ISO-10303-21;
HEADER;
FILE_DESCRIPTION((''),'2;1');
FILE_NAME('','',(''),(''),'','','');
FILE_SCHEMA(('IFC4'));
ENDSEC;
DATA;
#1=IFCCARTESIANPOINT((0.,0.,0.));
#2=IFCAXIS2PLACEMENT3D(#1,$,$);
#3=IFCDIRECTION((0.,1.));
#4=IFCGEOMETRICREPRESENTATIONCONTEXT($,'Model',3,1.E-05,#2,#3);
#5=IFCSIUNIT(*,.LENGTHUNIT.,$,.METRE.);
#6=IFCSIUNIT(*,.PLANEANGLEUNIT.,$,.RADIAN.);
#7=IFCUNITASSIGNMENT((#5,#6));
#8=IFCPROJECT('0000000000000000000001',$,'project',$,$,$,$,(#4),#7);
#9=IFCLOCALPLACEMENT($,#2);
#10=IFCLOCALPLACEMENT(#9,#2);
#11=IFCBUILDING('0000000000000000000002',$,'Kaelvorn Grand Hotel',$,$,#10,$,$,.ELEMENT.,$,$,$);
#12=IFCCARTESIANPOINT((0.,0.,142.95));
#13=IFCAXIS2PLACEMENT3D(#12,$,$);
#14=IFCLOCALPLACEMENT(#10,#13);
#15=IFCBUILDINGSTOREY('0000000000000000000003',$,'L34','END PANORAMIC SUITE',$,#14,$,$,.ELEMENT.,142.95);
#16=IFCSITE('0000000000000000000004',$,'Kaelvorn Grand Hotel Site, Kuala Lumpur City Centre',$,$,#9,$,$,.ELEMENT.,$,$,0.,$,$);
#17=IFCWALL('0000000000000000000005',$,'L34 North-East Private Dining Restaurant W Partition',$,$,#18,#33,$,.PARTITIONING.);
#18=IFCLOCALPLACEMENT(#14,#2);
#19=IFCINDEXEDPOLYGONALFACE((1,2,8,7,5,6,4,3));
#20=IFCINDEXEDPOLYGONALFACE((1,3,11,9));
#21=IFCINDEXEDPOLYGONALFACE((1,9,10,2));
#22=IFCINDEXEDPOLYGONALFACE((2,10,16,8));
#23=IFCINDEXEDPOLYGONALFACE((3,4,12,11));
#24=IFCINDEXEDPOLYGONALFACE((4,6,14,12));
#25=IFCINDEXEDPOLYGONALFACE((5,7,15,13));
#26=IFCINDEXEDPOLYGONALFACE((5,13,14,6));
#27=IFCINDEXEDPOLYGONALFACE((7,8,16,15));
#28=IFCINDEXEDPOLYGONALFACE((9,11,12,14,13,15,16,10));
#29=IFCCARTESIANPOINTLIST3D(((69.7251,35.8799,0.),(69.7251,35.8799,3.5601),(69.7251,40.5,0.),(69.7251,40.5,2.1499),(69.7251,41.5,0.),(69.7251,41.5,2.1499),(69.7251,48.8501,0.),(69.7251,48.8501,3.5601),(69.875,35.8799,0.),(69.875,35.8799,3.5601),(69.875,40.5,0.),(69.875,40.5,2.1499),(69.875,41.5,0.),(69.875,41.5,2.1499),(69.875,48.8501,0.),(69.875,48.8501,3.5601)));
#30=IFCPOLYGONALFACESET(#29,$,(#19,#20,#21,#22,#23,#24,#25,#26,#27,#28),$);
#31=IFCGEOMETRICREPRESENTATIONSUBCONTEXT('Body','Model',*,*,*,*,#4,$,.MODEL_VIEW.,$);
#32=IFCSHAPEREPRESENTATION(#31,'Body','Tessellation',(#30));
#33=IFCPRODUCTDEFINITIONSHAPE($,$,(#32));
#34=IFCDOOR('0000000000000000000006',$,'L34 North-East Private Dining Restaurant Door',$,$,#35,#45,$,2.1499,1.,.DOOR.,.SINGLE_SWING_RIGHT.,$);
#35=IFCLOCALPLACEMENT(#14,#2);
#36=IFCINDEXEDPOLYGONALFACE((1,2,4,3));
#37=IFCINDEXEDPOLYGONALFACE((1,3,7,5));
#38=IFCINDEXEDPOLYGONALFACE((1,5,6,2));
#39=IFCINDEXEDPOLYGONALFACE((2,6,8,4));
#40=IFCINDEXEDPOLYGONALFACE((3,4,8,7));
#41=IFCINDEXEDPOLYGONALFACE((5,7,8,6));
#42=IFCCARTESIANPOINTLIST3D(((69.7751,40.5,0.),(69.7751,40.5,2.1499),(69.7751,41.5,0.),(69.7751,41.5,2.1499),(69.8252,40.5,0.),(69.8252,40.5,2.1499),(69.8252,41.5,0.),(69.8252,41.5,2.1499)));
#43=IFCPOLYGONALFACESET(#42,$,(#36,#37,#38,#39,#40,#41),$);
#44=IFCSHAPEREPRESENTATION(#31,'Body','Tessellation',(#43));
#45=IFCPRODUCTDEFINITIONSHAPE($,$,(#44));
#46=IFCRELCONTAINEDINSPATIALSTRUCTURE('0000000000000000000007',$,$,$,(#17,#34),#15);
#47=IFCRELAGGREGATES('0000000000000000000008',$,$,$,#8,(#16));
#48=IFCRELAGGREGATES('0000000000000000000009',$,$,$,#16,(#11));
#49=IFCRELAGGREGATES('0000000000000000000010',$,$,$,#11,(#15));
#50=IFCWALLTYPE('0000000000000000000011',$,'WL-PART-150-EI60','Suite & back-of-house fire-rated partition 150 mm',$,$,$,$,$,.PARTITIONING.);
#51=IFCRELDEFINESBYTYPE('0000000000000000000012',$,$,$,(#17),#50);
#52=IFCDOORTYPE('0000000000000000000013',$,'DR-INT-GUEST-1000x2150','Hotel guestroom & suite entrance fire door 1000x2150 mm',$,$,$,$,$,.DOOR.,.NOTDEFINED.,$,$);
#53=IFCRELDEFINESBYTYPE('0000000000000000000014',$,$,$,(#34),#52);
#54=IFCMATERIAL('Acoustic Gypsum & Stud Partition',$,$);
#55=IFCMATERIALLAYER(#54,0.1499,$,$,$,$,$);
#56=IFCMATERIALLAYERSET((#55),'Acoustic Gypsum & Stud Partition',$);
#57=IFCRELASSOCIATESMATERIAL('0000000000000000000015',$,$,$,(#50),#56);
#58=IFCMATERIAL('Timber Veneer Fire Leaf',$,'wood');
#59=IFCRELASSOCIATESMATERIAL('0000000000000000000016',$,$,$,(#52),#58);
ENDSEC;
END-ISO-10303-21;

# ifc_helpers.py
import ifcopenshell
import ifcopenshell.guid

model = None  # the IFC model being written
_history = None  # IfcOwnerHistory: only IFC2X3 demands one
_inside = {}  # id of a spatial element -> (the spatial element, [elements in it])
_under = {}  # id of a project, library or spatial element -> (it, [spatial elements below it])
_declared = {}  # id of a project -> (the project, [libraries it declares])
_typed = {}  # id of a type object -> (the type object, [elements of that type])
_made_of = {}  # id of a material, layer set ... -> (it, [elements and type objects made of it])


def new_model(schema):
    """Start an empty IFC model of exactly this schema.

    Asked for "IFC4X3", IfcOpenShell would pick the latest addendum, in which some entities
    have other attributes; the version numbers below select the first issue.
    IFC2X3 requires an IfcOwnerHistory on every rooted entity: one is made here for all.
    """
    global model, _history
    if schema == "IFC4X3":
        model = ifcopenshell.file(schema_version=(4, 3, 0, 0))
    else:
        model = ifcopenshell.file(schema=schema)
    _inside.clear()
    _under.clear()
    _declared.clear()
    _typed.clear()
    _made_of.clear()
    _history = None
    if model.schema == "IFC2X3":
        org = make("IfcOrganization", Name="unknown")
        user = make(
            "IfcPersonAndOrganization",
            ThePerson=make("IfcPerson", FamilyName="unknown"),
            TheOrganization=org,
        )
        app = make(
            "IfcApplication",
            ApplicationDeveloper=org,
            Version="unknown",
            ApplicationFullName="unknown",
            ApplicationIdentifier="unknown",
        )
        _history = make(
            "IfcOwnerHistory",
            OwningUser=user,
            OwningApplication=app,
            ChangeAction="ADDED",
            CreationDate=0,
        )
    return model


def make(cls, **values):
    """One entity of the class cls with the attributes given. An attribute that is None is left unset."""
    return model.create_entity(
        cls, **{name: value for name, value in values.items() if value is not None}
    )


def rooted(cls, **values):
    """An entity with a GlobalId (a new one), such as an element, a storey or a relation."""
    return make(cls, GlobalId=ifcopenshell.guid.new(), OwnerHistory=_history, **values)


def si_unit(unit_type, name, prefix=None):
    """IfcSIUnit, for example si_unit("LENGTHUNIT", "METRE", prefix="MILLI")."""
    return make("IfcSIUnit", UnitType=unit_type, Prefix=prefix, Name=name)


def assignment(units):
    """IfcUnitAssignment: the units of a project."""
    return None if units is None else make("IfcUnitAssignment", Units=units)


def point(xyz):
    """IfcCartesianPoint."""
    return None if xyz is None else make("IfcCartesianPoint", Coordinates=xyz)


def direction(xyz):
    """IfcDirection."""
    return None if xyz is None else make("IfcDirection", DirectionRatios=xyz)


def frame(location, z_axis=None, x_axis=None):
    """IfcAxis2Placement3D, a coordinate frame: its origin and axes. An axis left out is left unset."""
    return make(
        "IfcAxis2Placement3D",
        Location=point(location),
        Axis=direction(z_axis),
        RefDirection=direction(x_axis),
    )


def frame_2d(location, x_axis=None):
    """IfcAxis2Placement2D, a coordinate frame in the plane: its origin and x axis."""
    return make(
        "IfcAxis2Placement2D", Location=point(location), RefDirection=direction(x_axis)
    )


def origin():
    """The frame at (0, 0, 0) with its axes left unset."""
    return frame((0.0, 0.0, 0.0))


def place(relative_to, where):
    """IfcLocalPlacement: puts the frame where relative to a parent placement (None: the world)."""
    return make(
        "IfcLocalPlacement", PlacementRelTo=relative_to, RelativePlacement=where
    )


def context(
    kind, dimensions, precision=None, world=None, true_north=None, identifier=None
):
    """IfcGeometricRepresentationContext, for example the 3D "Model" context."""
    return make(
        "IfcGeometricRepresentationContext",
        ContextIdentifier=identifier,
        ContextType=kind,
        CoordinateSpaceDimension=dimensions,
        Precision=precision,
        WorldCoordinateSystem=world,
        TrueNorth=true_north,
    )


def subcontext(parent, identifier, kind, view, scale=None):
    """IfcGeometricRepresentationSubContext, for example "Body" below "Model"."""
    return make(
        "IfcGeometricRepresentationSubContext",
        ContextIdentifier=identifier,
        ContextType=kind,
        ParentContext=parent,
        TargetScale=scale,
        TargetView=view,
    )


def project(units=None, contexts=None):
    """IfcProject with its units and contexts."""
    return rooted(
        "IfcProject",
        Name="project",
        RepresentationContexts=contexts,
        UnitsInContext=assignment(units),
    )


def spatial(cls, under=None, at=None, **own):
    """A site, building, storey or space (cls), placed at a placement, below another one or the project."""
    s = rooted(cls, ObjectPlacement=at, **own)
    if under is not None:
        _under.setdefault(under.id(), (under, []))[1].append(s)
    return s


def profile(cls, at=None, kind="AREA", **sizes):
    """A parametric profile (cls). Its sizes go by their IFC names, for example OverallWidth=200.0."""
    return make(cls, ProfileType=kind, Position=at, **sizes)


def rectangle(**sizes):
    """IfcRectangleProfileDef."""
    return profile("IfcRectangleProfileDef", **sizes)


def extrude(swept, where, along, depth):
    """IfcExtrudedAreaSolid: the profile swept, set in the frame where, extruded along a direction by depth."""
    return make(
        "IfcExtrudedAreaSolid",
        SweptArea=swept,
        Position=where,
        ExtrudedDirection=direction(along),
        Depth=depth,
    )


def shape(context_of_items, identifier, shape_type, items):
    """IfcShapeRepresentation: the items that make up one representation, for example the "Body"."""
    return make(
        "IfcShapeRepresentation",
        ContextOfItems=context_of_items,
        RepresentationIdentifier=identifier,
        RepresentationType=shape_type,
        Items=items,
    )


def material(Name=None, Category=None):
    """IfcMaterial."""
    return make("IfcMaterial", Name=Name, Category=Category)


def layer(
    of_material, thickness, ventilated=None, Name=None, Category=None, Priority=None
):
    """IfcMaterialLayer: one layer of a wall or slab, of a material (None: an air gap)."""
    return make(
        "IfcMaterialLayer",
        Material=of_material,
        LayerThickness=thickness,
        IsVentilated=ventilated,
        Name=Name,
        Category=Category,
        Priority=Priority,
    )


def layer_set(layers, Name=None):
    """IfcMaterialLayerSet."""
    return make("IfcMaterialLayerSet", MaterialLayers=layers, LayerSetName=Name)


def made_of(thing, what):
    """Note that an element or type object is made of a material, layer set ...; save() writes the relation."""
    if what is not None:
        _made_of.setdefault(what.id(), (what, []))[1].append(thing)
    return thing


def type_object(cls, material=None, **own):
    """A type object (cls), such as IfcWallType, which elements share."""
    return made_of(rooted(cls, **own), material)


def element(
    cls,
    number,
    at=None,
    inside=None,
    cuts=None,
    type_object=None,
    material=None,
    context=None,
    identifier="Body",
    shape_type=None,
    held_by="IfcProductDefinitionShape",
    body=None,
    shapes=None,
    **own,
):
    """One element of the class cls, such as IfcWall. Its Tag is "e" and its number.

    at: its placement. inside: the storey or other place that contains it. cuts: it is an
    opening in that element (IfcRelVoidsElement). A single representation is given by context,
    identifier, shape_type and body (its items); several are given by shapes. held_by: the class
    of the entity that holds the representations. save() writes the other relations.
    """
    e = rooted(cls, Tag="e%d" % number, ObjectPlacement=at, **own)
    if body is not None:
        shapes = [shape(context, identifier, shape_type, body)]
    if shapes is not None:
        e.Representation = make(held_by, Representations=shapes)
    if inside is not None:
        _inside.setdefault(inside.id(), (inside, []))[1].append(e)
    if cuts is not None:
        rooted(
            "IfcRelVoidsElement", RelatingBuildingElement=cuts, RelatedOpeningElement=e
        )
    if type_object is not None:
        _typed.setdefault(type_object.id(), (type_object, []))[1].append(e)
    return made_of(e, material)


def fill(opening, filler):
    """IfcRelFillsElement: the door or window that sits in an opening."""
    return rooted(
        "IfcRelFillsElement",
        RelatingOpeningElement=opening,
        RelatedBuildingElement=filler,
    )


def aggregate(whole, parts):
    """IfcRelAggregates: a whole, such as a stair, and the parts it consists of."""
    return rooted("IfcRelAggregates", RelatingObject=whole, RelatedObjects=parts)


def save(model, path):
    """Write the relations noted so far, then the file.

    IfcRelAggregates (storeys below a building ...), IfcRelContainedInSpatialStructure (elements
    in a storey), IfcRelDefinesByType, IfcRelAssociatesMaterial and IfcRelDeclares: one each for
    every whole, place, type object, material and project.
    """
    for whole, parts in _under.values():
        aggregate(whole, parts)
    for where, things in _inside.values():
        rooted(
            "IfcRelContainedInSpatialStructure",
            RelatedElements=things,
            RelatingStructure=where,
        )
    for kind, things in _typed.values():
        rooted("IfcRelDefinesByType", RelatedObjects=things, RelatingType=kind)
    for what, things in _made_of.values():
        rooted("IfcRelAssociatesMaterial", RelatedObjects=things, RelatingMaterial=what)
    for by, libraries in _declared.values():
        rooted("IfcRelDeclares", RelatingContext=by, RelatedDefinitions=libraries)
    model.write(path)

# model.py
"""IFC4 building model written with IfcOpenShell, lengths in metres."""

from ifc_helpers import new_model, si_unit, direction, frame, frame_2d, origin, place, context, subcontext, project, spatial, rectangle, extrude, material, layer, layer_set, type_object, element, fill, save


model = new_model("IFC4")

# Units and contexts
model_context = context("Model", 3, precision=1e-05, world=origin(), true_north=direction((0.0, 1.0)))
body_context = subcontext(model_context, "Body", "Model", "MODEL_VIEW")
ifc_project = project(units=[si_unit("LENGTHUNIT", "METRE"), si_unit("PLANEANGLEUNIT", "RADIAN")], contexts=[model_context])

# Site, building, storey
site_placement = place(None, origin())
site = spatial("IfcSite", under=ifc_project, at=site_placement, Name="Kaelvorn Grand Hotel Site, Kuala Lumpur City Centre", CompositionType="ELEMENT", RefElevation=0.0)
building_placement = place(site_placement, origin())
building = spatial("IfcBuilding", under=site, at=building_placement, Name="Kaelvorn Grand Hotel", CompositionType="ELEMENT")
storey_placement = place(building_placement, frame((0.0, 0.0, 142.95)))
storey = spatial("IfcBuildingStorey", under=building, at=storey_placement, Name="L34", Description="END PANORAMIC SUITE", CompositionType="ELEMENT", Elevation=142.95)

# Wall, opening, door
ifc_material_1 = material(Name="Acoustic Gypsum & Stud Partition")
ifc_layer_1 = layer(ifc_material_1, 0.1499)
ifc_layer_set_1 = layer_set([ifc_layer_1], Name="Acoustic Gypsum & Stud Partition")
wall_type = type_object("IfcWallType", Name="WL-PART-150-EI60", Description="Suite & back-of-house fire-rated partition 150 mm", PredefinedType="PARTITIONING", material=ifc_layer_set_1)
wall_placement = place(storey_placement, frame((69.8, 35.8799, 0.0), z_axis=(0.0, 0.0, 1.0), x_axis=(0.0, 1.0, 0.0)))
wall = element("IfcWall", 1, at=wall_placement, inside=storey, type_object=wall_type, Name="L34 North-East Private Dining Restaurant W Partition", PredefinedType="PARTITIONING", context=body_context, shape_type="SweptSolid", body=[
    extrude(rectangle(XDim=12.9702, YDim=0.1499, at=frame_2d((6.4851, 0.0))), origin(), (0.0, 0.0, 1.0), 3.5601),
])
opening_placement = place(wall_placement, frame((4.6201, 0.0, 0.0)))
opening = element("IfcOpeningElement", 2, at=opening_placement, cuts=wall, PredefinedType="OPENING", context=body_context, shape_type="SweptSolid", body=[
    extrude(rectangle(XDim=1.0, YDim=2.1499, at=frame_2d((0.5, 1.075))), frame((0.0, 0.085, 0.0), z_axis=(0.0, -1.0, 0.0), x_axis=(1.0, 0.0, 0.0)), (0.0, 0.0, 1.0), 0.1699),
])
ifc_material_2 = material(Name="Timber Veneer Fire Leaf", Category="wood")
door_type = type_object("IfcDoorType", Name="DR-INT-GUEST-1000x2150", Description="Hotel guestroom & suite entrance fire door 1000x2150 mm", OperationType="NOTDEFINED", PredefinedType="DOOR", material=ifc_material_2)
door_placement = place(opening_placement, origin())
door = element("IfcDoor", 3, at=door_placement, inside=storey, type_object=door_type, Name="L34 North-East Private Dining Restaurant Door", OperationType="SINGLE_SWING_RIGHT", OverallHeight=2.1499, OverallWidth=1.0, PredefinedType="DOOR", context=body_context, shape_type="SweptSolid", body=[
    extrude(rectangle(XDim=1.0, YDim=2.1499, at=frame_2d((0.5, 1.075))), frame((0.0, 0.0249, 0.0), z_axis=(0.0, -1.0, 0.0), x_axis=(1.0, 0.0, 0.0)), (0.0, 0.0, 1.0), 0.05),
])
fill(opening, door)

save(model, "model.ifc")
